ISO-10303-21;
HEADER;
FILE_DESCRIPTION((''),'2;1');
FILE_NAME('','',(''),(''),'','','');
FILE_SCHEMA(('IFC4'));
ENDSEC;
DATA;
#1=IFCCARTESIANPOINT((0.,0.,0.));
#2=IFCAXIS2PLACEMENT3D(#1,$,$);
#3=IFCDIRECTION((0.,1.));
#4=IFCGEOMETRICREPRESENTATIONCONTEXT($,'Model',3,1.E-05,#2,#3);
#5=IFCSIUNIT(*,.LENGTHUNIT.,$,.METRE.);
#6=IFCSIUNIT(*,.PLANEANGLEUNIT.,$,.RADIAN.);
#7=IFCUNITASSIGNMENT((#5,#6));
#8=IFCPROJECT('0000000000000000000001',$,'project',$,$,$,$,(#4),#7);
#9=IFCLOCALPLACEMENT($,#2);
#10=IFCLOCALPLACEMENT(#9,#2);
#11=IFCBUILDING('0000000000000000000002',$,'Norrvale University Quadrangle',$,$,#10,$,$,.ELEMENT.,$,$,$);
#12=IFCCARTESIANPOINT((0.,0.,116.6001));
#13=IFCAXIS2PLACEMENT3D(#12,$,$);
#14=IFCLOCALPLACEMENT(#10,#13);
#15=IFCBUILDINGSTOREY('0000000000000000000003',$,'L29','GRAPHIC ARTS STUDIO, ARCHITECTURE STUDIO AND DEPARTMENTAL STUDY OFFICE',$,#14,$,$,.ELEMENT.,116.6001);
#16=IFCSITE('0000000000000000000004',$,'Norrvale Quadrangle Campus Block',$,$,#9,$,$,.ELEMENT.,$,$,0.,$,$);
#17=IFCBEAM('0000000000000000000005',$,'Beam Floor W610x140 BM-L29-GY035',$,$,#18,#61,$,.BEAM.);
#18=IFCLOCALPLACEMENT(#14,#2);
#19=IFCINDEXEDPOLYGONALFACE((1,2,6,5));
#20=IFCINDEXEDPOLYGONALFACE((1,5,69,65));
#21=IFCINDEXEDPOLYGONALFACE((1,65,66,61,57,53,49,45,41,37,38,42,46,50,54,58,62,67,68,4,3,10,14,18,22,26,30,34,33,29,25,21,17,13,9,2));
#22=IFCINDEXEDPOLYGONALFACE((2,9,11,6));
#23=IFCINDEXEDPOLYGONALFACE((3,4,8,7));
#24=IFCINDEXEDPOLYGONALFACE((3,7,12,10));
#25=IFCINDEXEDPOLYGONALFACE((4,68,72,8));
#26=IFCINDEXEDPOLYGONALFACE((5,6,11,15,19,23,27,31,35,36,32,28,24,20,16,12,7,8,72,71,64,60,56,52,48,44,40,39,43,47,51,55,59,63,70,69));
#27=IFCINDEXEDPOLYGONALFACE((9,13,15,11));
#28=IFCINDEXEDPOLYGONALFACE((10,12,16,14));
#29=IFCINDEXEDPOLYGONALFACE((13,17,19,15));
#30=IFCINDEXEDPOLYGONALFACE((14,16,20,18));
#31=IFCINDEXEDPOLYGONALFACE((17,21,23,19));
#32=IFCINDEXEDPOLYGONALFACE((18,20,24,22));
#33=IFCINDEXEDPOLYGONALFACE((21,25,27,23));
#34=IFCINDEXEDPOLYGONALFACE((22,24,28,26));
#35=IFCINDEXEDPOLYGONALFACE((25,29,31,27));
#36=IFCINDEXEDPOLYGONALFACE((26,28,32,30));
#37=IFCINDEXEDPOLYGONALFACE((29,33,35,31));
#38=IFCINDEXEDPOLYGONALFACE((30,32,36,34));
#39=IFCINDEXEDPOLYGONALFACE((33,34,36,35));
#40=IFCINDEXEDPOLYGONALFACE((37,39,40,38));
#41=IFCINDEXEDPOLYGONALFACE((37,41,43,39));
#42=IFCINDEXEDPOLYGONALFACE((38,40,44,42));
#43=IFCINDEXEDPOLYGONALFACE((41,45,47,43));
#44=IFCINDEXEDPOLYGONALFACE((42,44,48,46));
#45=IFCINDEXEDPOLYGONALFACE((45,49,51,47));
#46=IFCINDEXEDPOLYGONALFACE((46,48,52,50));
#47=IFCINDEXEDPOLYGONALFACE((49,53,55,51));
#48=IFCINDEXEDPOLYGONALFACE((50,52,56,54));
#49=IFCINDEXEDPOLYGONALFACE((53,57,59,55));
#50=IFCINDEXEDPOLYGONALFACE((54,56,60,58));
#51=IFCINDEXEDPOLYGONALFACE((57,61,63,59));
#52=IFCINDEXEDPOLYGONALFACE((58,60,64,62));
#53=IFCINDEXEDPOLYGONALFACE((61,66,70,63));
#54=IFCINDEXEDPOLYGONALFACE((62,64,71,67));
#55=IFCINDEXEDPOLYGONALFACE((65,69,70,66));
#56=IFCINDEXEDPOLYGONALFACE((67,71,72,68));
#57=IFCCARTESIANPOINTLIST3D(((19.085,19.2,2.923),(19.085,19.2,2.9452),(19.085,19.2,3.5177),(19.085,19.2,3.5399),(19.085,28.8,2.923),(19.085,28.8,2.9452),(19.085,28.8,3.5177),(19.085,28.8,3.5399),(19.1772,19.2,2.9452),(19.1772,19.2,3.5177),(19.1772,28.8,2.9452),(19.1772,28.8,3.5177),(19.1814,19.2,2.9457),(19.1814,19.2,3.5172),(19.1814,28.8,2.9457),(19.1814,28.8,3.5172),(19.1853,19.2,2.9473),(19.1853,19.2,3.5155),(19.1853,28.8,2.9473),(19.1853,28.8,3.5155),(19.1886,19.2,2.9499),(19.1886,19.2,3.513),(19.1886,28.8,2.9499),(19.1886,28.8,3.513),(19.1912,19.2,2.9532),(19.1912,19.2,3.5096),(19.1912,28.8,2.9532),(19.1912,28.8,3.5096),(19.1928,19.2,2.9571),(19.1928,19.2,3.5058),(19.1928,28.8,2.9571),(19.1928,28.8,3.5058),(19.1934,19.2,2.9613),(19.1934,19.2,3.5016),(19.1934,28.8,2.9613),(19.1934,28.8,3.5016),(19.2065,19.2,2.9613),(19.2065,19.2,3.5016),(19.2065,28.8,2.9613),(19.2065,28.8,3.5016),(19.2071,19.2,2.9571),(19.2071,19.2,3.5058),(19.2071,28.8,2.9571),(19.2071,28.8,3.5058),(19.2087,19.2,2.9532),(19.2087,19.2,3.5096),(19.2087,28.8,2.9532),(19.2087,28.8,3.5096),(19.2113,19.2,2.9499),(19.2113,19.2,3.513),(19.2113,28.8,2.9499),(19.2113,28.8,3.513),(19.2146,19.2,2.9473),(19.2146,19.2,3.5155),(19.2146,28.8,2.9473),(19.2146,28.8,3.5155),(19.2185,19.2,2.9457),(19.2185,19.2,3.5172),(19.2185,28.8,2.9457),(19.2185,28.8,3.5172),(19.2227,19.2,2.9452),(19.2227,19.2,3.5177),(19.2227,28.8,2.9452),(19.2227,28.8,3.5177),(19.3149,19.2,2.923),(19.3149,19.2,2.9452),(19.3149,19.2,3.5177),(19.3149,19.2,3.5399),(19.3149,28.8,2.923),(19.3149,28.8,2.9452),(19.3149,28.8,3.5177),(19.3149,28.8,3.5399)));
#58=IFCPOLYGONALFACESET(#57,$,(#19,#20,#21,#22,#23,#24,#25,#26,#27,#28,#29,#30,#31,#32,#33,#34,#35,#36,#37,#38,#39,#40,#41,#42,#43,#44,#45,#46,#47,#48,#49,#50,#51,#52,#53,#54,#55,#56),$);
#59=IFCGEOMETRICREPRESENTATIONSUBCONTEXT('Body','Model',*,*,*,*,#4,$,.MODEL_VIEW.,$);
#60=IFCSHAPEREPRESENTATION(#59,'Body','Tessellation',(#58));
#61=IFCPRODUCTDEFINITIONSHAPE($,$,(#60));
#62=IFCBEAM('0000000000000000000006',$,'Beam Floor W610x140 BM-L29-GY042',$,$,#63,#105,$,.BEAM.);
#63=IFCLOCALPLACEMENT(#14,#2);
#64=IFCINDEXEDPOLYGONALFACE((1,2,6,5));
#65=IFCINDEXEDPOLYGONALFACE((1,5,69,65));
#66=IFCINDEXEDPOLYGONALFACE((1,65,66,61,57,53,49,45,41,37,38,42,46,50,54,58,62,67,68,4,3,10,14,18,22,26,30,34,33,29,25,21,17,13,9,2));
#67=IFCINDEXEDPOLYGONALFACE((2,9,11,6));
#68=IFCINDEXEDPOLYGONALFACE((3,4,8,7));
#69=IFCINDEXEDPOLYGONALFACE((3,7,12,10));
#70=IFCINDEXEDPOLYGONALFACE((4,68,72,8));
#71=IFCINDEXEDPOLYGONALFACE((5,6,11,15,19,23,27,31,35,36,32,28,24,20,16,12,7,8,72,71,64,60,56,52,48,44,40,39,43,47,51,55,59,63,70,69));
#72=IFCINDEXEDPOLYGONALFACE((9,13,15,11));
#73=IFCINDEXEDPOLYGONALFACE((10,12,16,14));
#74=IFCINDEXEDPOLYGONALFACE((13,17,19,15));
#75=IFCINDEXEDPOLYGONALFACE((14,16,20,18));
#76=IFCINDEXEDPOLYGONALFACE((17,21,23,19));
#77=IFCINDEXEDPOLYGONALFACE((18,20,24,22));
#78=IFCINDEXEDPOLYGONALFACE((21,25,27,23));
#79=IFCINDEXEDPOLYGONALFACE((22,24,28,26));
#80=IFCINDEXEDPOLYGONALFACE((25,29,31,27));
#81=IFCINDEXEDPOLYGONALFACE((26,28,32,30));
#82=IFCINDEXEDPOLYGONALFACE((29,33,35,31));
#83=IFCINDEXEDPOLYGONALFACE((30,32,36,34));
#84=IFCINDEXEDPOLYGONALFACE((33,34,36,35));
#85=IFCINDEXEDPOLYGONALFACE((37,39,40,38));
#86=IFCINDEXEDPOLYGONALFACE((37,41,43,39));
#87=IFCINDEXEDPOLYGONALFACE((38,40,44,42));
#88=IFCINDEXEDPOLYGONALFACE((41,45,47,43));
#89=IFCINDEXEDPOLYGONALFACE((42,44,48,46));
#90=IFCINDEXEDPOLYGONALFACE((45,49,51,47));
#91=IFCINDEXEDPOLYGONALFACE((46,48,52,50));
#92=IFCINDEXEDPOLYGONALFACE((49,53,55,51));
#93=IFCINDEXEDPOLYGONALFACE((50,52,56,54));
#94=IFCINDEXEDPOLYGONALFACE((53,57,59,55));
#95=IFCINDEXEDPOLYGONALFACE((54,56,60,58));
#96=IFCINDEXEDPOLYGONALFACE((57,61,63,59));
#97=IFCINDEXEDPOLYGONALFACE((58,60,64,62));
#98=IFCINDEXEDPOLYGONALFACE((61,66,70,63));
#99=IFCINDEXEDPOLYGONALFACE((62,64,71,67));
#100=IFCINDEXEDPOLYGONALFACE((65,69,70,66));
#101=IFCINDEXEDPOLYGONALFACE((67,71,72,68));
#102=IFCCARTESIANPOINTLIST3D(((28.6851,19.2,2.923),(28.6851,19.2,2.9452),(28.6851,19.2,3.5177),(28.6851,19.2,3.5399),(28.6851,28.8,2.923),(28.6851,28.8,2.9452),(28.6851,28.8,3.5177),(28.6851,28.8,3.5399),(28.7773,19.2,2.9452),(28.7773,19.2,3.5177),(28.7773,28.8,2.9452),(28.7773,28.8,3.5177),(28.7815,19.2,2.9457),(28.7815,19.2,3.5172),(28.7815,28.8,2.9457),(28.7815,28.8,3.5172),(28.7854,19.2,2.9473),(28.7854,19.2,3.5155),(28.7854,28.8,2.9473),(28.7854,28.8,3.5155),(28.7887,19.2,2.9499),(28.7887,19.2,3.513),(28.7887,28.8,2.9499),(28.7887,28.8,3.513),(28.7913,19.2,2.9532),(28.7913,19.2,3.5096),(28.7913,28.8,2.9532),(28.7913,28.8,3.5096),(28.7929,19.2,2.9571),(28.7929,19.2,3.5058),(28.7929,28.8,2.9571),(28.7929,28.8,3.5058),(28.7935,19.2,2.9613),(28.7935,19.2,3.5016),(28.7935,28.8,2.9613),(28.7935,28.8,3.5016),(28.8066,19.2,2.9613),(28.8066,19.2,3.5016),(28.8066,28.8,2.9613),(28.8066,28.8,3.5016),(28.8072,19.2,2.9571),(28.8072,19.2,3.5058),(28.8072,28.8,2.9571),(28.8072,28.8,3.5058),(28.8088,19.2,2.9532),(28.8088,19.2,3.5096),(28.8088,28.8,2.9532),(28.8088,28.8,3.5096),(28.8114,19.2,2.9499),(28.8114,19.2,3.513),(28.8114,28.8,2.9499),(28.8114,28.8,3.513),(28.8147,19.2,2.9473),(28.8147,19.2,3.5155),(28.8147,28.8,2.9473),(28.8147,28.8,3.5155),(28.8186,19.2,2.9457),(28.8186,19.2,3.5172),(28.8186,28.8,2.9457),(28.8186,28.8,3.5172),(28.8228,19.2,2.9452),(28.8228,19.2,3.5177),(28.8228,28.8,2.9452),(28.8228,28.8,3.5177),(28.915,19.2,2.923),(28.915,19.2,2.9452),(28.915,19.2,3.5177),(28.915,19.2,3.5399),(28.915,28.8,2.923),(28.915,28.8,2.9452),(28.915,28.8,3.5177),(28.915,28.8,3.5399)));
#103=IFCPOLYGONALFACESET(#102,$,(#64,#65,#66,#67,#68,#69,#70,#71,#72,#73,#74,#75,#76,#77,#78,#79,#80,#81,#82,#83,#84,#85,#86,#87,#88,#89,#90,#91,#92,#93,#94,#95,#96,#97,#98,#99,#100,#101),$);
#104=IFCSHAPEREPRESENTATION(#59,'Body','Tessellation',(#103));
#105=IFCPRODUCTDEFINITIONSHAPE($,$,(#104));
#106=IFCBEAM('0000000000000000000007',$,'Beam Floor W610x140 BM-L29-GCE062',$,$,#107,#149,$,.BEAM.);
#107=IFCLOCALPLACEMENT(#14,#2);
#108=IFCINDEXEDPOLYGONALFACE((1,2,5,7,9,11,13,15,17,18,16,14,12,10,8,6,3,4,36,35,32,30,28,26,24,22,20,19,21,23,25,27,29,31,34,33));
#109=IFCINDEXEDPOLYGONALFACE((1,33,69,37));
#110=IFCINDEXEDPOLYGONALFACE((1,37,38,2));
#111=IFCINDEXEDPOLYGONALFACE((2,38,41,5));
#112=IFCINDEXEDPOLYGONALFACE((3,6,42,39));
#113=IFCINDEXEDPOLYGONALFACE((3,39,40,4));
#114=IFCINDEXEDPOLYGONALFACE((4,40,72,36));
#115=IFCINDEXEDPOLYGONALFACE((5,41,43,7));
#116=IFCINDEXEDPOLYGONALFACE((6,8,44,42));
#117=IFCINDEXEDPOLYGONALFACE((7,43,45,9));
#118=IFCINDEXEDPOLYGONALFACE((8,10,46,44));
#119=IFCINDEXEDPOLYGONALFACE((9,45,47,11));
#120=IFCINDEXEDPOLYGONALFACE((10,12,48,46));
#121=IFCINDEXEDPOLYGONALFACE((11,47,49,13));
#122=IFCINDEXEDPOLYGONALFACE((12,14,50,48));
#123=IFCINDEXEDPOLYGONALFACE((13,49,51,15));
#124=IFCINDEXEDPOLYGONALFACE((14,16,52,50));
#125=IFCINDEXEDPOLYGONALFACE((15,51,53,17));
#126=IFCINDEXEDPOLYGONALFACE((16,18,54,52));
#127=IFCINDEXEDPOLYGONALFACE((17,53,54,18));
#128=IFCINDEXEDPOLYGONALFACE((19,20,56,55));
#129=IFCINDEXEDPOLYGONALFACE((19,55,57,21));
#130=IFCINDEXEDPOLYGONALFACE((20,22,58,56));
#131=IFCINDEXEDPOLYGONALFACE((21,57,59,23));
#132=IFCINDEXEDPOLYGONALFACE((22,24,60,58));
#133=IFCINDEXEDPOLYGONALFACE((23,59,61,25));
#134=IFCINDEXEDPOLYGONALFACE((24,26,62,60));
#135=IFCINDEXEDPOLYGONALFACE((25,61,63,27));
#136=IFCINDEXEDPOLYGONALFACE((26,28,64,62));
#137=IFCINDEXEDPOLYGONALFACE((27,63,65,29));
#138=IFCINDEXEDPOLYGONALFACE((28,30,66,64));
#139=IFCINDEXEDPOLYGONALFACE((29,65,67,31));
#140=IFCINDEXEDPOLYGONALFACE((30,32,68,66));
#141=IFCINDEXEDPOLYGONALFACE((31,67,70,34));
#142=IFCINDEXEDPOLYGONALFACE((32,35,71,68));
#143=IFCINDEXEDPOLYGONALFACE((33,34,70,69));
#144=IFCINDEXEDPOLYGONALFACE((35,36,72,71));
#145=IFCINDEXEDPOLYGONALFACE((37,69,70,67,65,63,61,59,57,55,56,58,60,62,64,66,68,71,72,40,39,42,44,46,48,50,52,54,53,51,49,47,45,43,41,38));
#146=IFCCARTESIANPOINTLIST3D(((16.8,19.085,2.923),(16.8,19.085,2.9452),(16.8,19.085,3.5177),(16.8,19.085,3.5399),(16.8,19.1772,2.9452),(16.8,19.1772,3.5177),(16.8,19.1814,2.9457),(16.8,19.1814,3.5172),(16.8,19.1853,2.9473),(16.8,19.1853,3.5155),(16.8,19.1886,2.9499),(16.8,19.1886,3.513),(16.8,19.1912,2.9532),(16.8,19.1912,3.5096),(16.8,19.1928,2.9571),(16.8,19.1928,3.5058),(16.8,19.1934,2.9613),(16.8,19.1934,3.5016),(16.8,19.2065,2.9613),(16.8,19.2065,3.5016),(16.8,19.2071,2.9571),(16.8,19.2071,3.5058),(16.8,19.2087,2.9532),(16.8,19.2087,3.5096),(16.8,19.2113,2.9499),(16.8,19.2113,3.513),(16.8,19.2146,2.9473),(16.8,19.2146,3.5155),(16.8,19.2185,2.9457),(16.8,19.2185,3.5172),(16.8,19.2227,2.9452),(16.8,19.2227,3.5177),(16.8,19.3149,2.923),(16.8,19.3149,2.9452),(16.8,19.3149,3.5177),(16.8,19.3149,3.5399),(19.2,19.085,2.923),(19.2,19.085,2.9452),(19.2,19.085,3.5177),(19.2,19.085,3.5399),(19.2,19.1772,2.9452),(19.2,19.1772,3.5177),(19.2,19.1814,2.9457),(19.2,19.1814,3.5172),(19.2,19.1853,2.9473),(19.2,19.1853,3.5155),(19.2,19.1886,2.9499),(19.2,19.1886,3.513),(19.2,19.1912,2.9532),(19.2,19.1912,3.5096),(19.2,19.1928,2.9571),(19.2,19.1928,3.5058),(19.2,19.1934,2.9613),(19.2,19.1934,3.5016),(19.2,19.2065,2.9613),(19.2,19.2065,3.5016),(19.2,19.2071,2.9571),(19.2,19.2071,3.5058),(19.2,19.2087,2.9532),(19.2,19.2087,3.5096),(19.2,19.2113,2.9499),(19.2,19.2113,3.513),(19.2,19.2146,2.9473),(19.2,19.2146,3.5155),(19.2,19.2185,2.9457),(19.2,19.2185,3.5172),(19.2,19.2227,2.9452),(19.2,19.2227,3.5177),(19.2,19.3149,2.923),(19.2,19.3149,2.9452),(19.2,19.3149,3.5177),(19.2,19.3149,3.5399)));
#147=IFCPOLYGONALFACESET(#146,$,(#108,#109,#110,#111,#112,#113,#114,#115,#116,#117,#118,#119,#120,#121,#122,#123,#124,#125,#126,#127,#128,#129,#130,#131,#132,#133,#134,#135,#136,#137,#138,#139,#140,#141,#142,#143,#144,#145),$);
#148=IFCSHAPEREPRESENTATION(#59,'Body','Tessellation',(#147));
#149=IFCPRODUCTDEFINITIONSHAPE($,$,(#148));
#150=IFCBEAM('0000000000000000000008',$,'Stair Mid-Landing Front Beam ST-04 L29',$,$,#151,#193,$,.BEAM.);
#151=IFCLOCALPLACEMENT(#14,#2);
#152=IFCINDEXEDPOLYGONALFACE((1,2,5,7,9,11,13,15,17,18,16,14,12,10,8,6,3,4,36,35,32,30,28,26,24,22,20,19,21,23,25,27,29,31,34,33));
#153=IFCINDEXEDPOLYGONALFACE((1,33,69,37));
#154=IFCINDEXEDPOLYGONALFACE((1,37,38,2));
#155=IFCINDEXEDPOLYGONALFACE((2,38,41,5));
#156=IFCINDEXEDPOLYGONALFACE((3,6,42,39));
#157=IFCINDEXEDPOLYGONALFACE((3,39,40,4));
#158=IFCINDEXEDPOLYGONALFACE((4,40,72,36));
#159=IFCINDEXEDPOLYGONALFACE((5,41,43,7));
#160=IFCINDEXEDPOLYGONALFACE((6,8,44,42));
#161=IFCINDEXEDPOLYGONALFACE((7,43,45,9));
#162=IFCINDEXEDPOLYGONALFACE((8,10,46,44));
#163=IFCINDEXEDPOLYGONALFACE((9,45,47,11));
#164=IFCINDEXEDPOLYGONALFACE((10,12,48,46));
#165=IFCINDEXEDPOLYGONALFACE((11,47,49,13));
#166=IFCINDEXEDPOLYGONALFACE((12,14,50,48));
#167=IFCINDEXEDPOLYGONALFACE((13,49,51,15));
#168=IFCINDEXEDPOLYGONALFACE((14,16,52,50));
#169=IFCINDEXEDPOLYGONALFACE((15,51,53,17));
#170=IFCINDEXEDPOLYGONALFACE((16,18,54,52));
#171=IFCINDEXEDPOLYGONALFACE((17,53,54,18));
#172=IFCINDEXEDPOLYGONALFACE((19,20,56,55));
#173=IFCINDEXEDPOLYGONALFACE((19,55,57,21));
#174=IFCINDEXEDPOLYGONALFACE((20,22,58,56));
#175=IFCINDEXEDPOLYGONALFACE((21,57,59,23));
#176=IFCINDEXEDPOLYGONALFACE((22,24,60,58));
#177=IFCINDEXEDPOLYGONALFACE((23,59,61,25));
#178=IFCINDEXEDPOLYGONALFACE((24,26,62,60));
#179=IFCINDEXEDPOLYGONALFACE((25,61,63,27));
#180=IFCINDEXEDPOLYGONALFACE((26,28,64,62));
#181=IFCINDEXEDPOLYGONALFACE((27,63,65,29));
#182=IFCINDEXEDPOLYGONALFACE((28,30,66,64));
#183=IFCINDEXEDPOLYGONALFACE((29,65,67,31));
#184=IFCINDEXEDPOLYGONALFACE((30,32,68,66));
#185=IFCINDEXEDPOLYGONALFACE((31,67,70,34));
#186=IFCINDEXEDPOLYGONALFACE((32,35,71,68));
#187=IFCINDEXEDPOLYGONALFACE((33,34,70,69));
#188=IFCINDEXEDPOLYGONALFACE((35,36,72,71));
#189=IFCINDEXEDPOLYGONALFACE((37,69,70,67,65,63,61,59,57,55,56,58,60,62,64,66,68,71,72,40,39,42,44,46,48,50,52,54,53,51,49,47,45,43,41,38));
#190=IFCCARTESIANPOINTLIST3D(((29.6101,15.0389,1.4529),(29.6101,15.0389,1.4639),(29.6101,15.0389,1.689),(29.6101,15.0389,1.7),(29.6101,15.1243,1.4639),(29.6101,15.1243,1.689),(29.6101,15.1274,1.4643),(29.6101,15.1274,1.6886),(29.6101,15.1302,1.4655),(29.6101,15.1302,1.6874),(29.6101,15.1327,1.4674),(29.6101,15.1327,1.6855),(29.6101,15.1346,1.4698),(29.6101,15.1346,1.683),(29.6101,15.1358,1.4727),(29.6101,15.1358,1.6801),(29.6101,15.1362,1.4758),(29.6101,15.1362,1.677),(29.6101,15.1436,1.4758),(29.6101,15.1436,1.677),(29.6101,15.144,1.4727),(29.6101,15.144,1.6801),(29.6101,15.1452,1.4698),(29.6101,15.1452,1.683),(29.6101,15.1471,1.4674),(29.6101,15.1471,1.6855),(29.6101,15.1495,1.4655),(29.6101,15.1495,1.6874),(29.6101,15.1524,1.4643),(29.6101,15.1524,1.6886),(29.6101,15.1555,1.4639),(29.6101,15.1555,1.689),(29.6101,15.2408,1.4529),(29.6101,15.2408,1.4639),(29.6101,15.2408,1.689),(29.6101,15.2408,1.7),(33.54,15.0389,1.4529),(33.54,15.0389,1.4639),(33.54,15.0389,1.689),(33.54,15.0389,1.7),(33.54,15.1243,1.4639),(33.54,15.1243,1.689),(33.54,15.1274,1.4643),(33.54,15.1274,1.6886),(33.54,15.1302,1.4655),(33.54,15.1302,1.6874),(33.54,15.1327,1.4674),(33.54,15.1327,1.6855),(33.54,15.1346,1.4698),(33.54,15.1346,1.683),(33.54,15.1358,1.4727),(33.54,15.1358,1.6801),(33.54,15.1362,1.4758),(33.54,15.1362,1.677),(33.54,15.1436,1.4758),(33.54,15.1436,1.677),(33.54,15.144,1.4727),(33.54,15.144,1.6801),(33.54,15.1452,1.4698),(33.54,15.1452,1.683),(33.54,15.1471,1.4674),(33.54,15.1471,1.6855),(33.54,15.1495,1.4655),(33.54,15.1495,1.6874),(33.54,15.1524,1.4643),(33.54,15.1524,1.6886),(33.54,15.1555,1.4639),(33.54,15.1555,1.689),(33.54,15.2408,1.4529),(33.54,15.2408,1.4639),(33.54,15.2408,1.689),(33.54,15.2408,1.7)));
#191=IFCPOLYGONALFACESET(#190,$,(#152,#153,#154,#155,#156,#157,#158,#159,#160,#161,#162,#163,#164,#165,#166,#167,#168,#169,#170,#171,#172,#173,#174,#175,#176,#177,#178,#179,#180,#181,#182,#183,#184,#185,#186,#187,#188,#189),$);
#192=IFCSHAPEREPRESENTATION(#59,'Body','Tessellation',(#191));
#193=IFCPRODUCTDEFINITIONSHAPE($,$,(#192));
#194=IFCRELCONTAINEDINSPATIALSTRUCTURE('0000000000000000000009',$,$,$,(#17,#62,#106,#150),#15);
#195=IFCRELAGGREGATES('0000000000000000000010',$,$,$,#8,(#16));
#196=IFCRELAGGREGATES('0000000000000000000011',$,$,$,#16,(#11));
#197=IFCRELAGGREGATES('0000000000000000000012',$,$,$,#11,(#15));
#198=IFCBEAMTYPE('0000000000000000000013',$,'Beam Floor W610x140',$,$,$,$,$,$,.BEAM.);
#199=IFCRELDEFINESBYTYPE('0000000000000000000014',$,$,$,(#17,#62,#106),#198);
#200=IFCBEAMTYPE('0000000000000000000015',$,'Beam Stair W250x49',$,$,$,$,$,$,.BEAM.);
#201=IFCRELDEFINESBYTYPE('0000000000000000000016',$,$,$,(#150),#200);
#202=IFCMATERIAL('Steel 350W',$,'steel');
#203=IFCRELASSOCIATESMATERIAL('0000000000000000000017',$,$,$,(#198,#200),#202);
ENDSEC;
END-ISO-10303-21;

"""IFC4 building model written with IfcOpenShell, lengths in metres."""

from ifc_helpers import new_model, si_unit, direction, frame, origin, origin_2d, place, context, subcontext, project, spatial, i_section, extrude, material, material_profile, profile_set, type_object, element, save


model = new_model("IFC4")

# Units and contexts
model_context = context("Model", 3, precision=1e-05, world=origin(), true_north=direction((0.0, 1.0)))
body_context = subcontext(model_context, "Body", "Model", "MODEL_VIEW")
ifc_project = project(units=[si_unit("LENGTHUNIT", "METRE"), si_unit("PLANEANGLEUNIT", "RADIAN")], contexts=[model_context])

# Site, building, storey
site_placement = place(None, origin())
site = spatial("IfcSite", under=ifc_project, at=site_placement, Name="Norrvale Quadrangle Campus Block", CompositionType="ELEMENT", RefElevation=0.0)
building_placement = place(site_placement, origin())
building = spatial("IfcBuilding", under=site, at=building_placement, Name="Norrvale University Quadrangle", CompositionType="ELEMENT")
storey_placement = place(building_placement, frame((0.0, 0.0, 116.6001)))
storey = spatial("IfcBuildingStorey", under=building, at=storey_placement, Name="L29", Description="GRAPHIC ARTS STUDIO, ARCHITECTURE STUDIO AND DEPARTMENTAL STUDY OFFICE", CompositionType="ELEMENT", Elevation=116.6001)

# Beams
ifc_material_1 = material(Name="Steel 350W", Category="steel")
ifc_material_profile_1 = material_profile(ifc_material_1, i_section(OverallWidth=0.23, OverallDepth=0.6169, WebThickness=0.0132, FlangeThickness=0.0222, FilletRadius=0.0161, at=origin_2d()), Name="Steel 350W")
ifc_profile_set_1 = profile_set([ifc_material_profile_1], Name="Steel 350W")
beam_type_1 = type_object("IfcBeamType", Name="Beam Floor W610x140", PredefinedType="BEAM", material=ifc_profile_set_1)
for number, where, z_axis, x_axis, name in (
    (1, (19.2, 19.2, 3.2314), (0.0, 1.0, 0.0), (-1.0, 0.0, 0.0), "Beam Floor W610x140 BM-L29-GY035"),
    (2, (28.8, 19.2, 3.2314), (0.0, 1.0, 0.0), (-1.0, 0.0, 0.0), "Beam Floor W610x140 BM-L29-GY042"),
):
    element("IfcBeam", number, at=place(storey_placement, frame(where, z_axis=z_axis, x_axis=x_axis)), inside=storey, type_object=beam_type_1, Name=name, PredefinedType="BEAM", context=body_context, shape_type="SweptSolid", body=[
        extrude(i_section(OverallWidth=0.23, OverallDepth=0.6169, WebThickness=0.0132, FlangeThickness=0.0222, FilletRadius=0.0161, at=origin_2d()), origin(), (0.0, 0.0, 1.0), 9.6001),
    ])
beam_1_placement = place(storey_placement, frame((16.8, 19.2, 3.2314), z_axis=(1.0, 0.0, 0.0), x_axis=(0.0, 1.0, 0.0)))
element("IfcBeam", 3, at=beam_1_placement, inside=storey, type_object=beam_type_1, Name="Beam Floor W610x140 BM-L29-GCE062", PredefinedType="BEAM", context=body_context, shape_type="SweptSolid", body=[
    extrude(i_section(OverallWidth=0.23, OverallDepth=0.6169, WebThickness=0.0132, FlangeThickness=0.0222, FilletRadius=0.0161, at=origin_2d()), origin(), (0.0, 0.0, 1.0), 2.3999),
])
ifc_material_profile_2 = material_profile(ifc_material_1, i_section(OverallWidth=0.2019, OverallDepth=0.2471, WebThickness=0.0073, FlangeThickness=0.011, FilletRadius=0.012, at=origin_2d()), Name="Steel 350W")
ifc_profile_set_2 = profile_set([ifc_material_profile_2], Name="Steel 350W")
beam_type_2 = type_object("IfcBeamType", Name="Beam Stair W250x49", PredefinedType="BEAM", material=ifc_profile_set_2)
for number, where, z_axis, x_axis, name in (
    (4, (29.6101, 15.1399, 1.5764), (1.0, 0.0, 0.0), (0.0, 1.0, 0.0), "Stair Mid-Landing Front Beam ST-04 L29"),
):
    element("IfcBeam", number, at=place(storey_placement, frame(where, z_axis=z_axis, x_axis=x_axis)), inside=storey, type_object=beam_type_2, Name=name, PredefinedType="BEAM", context=body_context, shape_type="SweptSolid", body=[
        extrude(i_section(OverallWidth=0.2019, OverallDepth=0.2471, WebThickness=0.0073, FlangeThickness=0.011, FilletRadius=0.012, at=origin_2d()), origin(), (0.0, 0.0, 1.0), 3.9299),
    ])

save(model, "model.ifc")
